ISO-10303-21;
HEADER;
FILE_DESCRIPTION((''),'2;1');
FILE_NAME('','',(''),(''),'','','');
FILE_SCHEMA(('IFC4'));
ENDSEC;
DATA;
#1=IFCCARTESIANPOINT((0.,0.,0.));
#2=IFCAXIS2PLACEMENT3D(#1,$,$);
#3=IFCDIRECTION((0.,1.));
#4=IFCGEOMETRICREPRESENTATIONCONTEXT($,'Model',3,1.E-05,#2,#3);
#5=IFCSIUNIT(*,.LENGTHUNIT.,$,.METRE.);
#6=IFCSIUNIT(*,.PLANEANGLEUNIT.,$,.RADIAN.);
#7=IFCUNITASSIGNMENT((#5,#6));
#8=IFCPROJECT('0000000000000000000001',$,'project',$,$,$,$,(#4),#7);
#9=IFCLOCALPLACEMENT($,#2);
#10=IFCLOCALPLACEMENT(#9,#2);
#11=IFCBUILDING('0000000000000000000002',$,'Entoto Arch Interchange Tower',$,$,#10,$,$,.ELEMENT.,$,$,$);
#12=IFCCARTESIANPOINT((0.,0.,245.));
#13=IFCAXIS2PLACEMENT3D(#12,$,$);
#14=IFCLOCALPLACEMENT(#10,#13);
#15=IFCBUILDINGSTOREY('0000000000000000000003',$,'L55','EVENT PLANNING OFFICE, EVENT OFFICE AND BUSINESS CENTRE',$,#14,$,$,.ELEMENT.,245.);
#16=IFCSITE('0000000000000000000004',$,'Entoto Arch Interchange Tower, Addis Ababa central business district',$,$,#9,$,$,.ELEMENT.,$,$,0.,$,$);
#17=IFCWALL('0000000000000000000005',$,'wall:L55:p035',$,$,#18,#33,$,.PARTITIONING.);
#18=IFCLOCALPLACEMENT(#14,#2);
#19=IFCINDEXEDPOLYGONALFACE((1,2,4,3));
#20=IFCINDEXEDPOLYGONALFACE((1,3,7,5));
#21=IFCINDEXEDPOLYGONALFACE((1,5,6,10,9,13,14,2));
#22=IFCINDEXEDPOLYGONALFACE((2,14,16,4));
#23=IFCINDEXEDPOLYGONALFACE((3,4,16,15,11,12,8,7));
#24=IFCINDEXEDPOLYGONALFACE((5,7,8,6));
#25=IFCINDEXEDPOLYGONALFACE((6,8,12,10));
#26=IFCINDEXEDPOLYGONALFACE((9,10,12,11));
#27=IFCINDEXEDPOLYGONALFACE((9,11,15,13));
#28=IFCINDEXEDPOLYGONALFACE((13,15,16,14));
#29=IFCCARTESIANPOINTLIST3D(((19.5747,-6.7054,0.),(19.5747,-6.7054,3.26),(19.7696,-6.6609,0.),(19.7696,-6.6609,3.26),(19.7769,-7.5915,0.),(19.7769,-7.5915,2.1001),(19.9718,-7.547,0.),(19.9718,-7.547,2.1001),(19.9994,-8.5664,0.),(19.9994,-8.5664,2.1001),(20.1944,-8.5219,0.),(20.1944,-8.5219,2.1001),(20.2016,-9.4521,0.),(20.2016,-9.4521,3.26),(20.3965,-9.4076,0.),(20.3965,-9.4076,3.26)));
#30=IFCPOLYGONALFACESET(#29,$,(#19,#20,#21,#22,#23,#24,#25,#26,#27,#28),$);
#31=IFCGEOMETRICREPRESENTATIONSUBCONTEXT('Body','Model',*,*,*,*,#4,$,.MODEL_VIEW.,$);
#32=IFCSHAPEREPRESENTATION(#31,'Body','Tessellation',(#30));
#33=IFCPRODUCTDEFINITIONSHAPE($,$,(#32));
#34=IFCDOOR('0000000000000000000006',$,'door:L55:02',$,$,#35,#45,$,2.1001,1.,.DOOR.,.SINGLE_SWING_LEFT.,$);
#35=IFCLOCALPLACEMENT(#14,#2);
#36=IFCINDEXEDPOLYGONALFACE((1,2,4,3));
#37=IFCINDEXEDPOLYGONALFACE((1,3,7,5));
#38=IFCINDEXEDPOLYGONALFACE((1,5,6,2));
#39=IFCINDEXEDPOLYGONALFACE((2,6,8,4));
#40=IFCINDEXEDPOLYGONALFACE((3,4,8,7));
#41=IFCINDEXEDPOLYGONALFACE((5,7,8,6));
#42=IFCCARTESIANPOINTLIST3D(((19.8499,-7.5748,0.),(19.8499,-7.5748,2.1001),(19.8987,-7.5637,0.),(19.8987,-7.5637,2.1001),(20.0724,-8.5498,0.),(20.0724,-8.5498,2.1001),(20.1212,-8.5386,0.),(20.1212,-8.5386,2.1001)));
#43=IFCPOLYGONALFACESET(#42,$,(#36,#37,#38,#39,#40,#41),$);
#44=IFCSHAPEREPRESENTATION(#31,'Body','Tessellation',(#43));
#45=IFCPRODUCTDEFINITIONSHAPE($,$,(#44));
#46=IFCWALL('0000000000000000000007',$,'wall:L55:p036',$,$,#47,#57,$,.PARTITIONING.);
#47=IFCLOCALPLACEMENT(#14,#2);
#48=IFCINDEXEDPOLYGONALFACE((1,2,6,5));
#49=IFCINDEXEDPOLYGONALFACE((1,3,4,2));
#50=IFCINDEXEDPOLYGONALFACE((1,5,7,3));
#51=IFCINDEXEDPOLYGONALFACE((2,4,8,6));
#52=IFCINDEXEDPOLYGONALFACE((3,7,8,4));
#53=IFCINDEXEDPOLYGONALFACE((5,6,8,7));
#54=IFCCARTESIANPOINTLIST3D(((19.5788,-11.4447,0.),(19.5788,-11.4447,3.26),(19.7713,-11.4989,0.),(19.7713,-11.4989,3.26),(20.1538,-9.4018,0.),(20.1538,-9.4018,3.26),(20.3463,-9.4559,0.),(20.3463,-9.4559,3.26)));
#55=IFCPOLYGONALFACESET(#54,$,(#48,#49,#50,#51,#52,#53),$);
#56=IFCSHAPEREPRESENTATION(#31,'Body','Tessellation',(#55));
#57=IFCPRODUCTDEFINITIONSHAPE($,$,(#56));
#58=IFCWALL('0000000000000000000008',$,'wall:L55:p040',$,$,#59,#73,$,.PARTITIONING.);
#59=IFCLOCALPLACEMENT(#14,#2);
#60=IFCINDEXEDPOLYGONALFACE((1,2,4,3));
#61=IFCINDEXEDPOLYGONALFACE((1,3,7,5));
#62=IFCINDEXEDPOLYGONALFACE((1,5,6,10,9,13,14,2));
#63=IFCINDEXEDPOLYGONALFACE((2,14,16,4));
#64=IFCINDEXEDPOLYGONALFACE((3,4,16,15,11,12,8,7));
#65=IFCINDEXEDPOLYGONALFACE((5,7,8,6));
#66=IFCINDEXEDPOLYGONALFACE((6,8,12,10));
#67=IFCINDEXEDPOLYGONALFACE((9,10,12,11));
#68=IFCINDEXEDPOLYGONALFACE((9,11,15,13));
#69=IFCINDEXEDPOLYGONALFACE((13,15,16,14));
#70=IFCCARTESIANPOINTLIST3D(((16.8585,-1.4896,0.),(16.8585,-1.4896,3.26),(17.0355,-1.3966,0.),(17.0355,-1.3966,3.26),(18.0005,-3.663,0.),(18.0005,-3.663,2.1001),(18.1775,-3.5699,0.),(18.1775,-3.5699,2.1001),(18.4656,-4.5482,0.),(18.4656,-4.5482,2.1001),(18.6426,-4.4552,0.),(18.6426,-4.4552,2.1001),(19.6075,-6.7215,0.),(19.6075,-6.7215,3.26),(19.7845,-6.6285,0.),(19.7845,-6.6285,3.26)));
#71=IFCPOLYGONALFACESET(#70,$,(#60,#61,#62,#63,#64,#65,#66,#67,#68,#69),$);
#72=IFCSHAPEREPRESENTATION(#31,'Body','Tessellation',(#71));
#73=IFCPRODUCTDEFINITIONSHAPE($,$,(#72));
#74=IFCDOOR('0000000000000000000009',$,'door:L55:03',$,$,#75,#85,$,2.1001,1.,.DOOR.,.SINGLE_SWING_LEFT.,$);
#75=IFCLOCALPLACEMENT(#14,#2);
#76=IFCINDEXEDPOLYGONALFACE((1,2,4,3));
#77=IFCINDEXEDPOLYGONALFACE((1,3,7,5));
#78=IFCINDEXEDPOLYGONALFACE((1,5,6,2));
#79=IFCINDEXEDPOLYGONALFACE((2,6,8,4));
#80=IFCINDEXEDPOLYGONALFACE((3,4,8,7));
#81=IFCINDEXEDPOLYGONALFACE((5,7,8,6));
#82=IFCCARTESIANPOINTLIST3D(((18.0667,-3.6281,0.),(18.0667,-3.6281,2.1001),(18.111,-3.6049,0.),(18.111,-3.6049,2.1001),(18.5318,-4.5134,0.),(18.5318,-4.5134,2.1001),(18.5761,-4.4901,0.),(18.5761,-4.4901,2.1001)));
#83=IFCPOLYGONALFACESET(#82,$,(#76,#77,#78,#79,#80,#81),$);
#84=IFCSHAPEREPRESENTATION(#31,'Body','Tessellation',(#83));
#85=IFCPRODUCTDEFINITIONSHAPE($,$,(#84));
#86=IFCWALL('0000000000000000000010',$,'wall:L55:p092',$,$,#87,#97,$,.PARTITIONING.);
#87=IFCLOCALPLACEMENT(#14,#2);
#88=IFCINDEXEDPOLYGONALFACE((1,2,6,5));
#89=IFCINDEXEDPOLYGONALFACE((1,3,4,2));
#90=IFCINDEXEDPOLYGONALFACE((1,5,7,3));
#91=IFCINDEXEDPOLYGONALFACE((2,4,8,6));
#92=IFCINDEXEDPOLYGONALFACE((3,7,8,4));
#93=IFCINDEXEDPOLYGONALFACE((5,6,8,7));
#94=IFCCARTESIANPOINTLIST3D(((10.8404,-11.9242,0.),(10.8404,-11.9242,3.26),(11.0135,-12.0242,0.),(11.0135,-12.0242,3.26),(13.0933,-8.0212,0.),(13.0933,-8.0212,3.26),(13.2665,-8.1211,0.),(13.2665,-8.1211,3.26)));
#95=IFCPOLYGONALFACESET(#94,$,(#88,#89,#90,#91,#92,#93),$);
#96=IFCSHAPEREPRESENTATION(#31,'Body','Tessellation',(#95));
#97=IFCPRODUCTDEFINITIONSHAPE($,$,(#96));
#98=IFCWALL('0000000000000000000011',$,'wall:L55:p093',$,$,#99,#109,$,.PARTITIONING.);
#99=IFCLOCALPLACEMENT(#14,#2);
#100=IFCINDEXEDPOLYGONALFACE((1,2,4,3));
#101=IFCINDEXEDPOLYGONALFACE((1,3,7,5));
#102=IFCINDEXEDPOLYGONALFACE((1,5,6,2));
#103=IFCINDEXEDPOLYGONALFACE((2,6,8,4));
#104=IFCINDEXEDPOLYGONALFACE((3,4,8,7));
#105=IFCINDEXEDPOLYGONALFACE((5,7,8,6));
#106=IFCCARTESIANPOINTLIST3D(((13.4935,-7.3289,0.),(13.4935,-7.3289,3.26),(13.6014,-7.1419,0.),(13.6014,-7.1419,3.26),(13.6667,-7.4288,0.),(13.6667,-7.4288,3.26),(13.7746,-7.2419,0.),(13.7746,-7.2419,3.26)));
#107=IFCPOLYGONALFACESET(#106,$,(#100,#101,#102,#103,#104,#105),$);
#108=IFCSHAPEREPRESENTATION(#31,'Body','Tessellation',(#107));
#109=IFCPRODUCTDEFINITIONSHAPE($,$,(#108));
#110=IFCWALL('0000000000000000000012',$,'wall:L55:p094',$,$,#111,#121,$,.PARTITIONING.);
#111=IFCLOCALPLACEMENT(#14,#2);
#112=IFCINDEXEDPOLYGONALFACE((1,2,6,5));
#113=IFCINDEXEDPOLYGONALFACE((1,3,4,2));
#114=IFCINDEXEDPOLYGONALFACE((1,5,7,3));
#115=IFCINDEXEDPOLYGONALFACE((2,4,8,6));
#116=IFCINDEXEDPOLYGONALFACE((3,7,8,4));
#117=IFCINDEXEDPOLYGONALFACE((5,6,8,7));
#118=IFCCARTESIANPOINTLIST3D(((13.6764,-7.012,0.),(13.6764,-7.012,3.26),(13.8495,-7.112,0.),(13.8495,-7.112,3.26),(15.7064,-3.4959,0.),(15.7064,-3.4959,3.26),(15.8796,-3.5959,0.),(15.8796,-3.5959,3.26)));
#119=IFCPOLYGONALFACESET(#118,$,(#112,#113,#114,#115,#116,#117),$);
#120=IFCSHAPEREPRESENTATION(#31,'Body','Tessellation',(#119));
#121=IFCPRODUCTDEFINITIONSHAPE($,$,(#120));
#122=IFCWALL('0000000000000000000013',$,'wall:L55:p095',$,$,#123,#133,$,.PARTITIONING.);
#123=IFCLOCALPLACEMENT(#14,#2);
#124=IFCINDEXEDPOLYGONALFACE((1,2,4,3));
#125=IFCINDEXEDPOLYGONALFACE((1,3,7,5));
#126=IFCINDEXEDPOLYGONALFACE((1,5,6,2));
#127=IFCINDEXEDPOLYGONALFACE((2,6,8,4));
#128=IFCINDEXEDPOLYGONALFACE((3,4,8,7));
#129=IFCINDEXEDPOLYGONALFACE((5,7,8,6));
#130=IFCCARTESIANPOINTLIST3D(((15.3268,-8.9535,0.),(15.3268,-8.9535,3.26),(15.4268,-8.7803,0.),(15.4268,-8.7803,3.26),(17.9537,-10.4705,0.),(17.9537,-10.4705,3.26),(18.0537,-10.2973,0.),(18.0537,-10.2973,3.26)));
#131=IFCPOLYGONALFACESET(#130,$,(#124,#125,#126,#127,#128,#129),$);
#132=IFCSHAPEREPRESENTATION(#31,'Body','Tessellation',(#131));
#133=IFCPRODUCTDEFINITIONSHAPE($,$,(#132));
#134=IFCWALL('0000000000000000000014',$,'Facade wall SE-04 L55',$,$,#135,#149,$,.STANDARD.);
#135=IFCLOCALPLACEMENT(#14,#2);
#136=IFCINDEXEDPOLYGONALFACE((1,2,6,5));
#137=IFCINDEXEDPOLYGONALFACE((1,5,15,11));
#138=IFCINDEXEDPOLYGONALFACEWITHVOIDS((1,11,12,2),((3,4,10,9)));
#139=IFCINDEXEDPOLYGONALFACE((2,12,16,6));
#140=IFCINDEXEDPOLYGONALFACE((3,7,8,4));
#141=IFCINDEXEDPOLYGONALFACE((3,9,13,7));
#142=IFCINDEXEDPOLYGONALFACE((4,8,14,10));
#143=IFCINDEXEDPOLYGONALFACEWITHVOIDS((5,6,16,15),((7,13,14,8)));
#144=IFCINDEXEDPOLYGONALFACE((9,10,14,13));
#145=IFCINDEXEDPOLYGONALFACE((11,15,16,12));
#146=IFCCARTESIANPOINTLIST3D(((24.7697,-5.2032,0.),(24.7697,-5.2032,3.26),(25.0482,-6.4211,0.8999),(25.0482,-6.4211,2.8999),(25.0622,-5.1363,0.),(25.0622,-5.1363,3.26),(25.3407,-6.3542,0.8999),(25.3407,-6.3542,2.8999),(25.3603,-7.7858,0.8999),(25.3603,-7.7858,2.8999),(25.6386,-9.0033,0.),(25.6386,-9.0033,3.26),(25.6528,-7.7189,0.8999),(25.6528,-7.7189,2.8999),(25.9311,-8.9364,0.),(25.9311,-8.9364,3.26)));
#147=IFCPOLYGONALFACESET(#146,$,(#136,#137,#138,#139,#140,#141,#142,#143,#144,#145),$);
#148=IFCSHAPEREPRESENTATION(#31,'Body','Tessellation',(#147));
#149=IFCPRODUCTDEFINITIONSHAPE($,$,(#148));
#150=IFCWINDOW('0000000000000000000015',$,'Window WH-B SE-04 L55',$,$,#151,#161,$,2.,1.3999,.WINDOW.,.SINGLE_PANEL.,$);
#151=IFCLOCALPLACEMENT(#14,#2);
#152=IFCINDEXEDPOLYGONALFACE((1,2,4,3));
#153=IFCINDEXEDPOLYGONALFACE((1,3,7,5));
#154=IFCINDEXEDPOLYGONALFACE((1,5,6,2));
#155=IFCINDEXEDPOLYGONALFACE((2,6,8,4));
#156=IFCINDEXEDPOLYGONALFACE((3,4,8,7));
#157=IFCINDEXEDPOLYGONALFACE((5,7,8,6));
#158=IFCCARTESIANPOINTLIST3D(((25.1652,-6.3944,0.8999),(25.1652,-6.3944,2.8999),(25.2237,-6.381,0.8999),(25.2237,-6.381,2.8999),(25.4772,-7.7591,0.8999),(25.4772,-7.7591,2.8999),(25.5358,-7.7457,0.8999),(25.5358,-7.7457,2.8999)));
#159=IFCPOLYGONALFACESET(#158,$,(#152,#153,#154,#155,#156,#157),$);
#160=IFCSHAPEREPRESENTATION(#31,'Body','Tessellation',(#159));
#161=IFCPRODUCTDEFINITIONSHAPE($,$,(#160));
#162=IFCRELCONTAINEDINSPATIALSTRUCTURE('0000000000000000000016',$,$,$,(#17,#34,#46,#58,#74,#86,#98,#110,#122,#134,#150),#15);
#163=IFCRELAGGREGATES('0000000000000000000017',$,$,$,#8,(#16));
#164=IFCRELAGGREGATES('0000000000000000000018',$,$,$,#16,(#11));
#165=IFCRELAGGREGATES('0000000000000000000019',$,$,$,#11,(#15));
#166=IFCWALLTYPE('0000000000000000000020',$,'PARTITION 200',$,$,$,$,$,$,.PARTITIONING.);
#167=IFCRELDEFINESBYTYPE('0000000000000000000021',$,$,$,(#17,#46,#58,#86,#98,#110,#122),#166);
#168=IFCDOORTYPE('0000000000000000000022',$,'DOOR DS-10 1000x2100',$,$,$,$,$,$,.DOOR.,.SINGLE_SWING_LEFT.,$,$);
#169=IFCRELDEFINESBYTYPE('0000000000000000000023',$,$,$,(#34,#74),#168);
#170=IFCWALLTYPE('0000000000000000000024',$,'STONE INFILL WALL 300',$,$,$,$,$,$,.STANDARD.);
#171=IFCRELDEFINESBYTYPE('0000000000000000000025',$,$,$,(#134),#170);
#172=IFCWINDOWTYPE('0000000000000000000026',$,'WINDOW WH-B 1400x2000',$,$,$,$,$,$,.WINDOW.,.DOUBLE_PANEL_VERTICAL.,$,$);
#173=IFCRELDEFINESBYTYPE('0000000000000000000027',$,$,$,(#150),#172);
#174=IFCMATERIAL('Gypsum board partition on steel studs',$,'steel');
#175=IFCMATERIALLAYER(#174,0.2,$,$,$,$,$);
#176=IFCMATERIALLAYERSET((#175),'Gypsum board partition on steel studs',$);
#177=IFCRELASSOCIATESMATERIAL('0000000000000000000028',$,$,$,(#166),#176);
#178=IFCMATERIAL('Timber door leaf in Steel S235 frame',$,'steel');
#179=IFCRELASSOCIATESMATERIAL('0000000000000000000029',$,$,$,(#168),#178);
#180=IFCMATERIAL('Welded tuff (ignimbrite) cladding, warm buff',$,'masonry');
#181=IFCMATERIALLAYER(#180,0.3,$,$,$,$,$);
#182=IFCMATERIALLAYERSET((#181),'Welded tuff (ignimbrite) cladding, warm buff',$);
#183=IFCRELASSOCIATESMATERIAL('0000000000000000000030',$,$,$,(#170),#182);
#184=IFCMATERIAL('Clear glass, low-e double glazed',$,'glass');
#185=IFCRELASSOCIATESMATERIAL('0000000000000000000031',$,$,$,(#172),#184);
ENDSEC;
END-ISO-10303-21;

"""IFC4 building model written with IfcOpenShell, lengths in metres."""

from ifc_helpers import new_model, si_unit, direction, frame, frame_2d, origin, place, context, subcontext, project, spatial, rectangle, extrude, material, layer, layer_set, type_object, element, fill, save


model = new_model("IFC4")

# Units and contexts
model_context = context("Model", 3, precision=1e-05, world=origin(), true_north=direction((0.0, 1.0)))
body_context = subcontext(model_context, "Body", "Model", "MODEL_VIEW")
ifc_project = project(units=[si_unit("LENGTHUNIT", "METRE"), si_unit("PLANEANGLEUNIT", "RADIAN")], contexts=[model_context])

# Site, building, storey
site_placement = place(None, origin())
site = spatial("IfcSite", under=ifc_project, at=site_placement, Name="Entoto Arch Interchange Tower, Addis Ababa central business district", CompositionType="ELEMENT", RefElevation=0.0)
building_placement = place(site_placement, origin())
building = spatial("IfcBuilding", under=site, at=building_placement, Name="Entoto Arch Interchange Tower", CompositionType="ELEMENT")
storey_placement = place(building_placement, frame((0.0, 0.0, 245.0)))
storey = spatial("IfcBuildingStorey", under=building, at=storey_placement, Name="L55", Description="EVENT PLANNING OFFICE, EVENT OFFICE AND BUSINESS CENTRE", CompositionType="ELEMENT", Elevation=245.0)

# Shared definitions
ifc_material_1 = material(Name="Gypsum board partition on steel studs", Category="steel")
ifc_layer_1 = layer(ifc_material_1, 0.2)
ifc_layer_set_1 = layer_set([ifc_layer_1], Name="Gypsum board partition on steel studs")
wall_type_1 = type_object("IfcWallType", Name="PARTITION 200", PredefinedType="PARTITIONING", material=ifc_layer_set_1)

# Shared definitions
ifc_material_2 = material(Name="Timber door leaf in Steel S235 frame", Category="steel")
door_type = type_object("IfcDoorType", Name="DOOR DS-10 1000x2100", OperationType="SINGLE_SWING_LEFT", PredefinedType="DOOR", material=ifc_material_2)

# Wall, opening, door
wall_1_placement = place(storey_placement, frame((19.6721, -6.6831, 0.0), z_axis=(0.0, 0.0, 1.0), x_axis=(0.222524, -0.974927, 0.0)))
wall_1 = element("IfcWall", 1, at=wall_1_placement, inside=storey, type_object=wall_type_1, Name="wall:L55:p035", PredefinedType="PARTITIONING", context=body_context, shape_type="SweptSolid", body=[
    extrude(rectangle(XDim=2.8174, YDim=0.2, at=frame_2d((1.4087, 0.0))), origin(), (0.0, 0.0, 1.0), 3.26),
])
opening_1_placement = place(wall_1_placement, frame((0.9089, 0.0, 0.0)))
opening_1 = element("IfcOpeningElement", 2, at=opening_1_placement, cuts=wall_1, PredefinedType="OPENING", context=body_context, shape_type="SweptSolid", body=[
    extrude(rectangle(XDim=1.0, YDim=2.1001, at=frame_2d((0.5, 1.05))), frame((0.0, 0.1099, 0.0), z_axis=(0.0, -1.0, 0.0), x_axis=(1.0, 0.0, 0.0)), (0.0, 0.0, 1.0), 0.22),
])
door_1_placement = place(opening_1_placement, origin())
door_1 = element("IfcDoor", 3, at=door_1_placement, inside=storey, type_object=door_type, Name="door:L55:02", OperationType="SINGLE_SWING_LEFT", OverallHeight=2.1001, OverallWidth=1.0, PredefinedType="DOOR", context=body_context, shape_type="SweptSolid", body=[
    extrude(rectangle(XDim=1.0, YDim=2.1001, at=frame_2d((0.5, 1.05))), frame((0.0, 0.0249, 0.0), z_axis=(0.0, -1.0, 0.0), x_axis=(1.0, 0.0, 0.0)), (0.0, 0.0, 1.0), 0.05),
])
fill(opening_1, door_1)

# Wall
wall_2_placement = place(storey_placement, frame((20.25, -9.429, 0.0), z_axis=(0.0, 0.0, 1.0), x_axis=(-0.270905, -0.962606, 0.0)))
element("IfcWall", 4, at=wall_2_placement, inside=storey, type_object=wall_type_1, Name="wall:L55:p036", PredefinedType="PARTITIONING", context=body_context, shape_type="SweptSolid", body=[
    extrude(rectangle(XDim=2.1223, YDim=0.2, at=frame_2d((1.061, 0.0))), origin(), (0.0, 0.0, 1.0), 3.26),
])

# Wall, opening, door
wall_3_placement = place(storey_placement, frame((16.947, -1.4431, 0.0), z_axis=(0.0, 0.0, 1.0), x_axis=(0.465133, -0.885241, 0.0)))
wall_3 = element("IfcWall", 5, at=wall_3_placement, inside=storey, type_object=wall_type_1, Name="wall:L55:p040", PredefinedType="PARTITIONING", context=body_context, shape_type="SweptSolid", body=[
    extrude(rectangle(XDim=5.9102, YDim=0.2, at=frame_2d((2.9551, 0.0))), origin(), (0.0, 0.0, 1.0), 3.26),
])
opening_2_placement = place(wall_3_placement, frame((2.4551, 0.0, 0.0)))
opening_2 = element("IfcOpeningElement", 6, at=opening_2_placement, cuts=wall_3, PredefinedType="OPENING", context=body_context, shape_type="SweptSolid", body=[
    extrude(rectangle(XDim=1.0, YDim=2.1001, at=frame_2d((0.5, 1.05))), frame((0.0, 0.1099, 0.0), z_axis=(0.0, -1.0, 0.0), x_axis=(1.0, 0.0, 0.0)), (0.0, 0.0, 1.0), 0.22),
])
door_2_placement = place(opening_2_placement, origin())
door_2 = element("IfcDoor", 7, at=door_2_placement, inside=storey, type_object=door_type, Name="door:L55:03", OperationType="SINGLE_SWING_LEFT", OverallHeight=2.1001, OverallWidth=1.0, PredefinedType="DOOR", context=body_context, shape_type="SweptSolid", body=[
    extrude(rectangle(XDim=1.0, YDim=2.1001, at=frame_2d((0.5, 1.05))), frame((0.0, 0.0249, 0.0), z_axis=(0.0, -1.0, 0.0), x_axis=(1.0, 0.0, 0.0)), (0.0, 0.0, 1.0), 0.05),
])
fill(opening_2, door_2)

# Walls
wall_4_placement = place(storey_placement, frame((13.1799, -8.071, 0.0), z_axis=(0.0, 0.0, 1.0), x_axis=(-0.499915, -0.866075, 0.0)))
element("IfcWall", 8, at=wall_4_placement, inside=storey, type_object=wall_type_1, Name="wall:L55:p092", PredefinedType="PARTITIONING", context=body_context, shape_type="SweptSolid", body=[
    extrude(rectangle(XDim=4.5066, YDim=0.2, at=frame_2d((2.2534, 0.0))), origin(), (0.0, 0.0, 1.0), 3.26),
])
wall_5_placement = place(storey_placement, frame((13.688, -7.1919, 0.0), z_axis=(0.0, 0.0, 1.0), x_axis=(-0.499788, -0.866148, 0.0)))
element("IfcWall", 9, at=wall_5_placement, inside=storey, type_object=wall_type_1, Name="wall:L55:p093", PredefinedType="PARTITIONING", context=body_context, shape_type="SweptSolid", body=[
    extrude(rectangle(XDim=0.2158, YDim=0.2, at=frame_2d((0.1079, 0.0))), origin(), (0.0, 0.0, 1.0), 3.26),
])
wall_6_placement = place(storey_placement, frame((15.793, -3.5459, 0.0), z_axis=(0.0, 0.0, 1.0), x_axis=(-0.5, -0.866025, 0.0)))
element("IfcWall", 10, at=wall_6_placement, inside=storey, type_object=wall_type_1, Name="wall:L55:p094", PredefinedType="PARTITIONING", context=body_context, shape_type="SweptSolid", body=[
    extrude(rectangle(XDim=4.0601, YDim=0.2, at=frame_2d((2.03, 0.0))), origin(), (0.0, 0.0, 1.0), 3.26),
])
wall_7_placement = place(storey_placement, frame((15.377, -8.8669, 0.0), z_axis=(0.0, 0.0, 1.0), x_axis=(0.865966, -0.500103, 0.0)))
element("IfcWall", 11, at=wall_7_placement, inside=storey, type_object=wall_type_1, Name="wall:L55:p095", PredefinedType="PARTITIONING", context=body_context, shape_type="SweptSolid", body=[
    extrude(rectangle(XDim=3.0334, YDim=0.2, at=frame_2d((1.5166, 0.0))), origin(), (0.0, 0.0, 1.0), 3.26),
])

# Wall, opening, window
ifc_material_3 = material(Name="Welded tuff (ignimbrite) cladding, warm buff", Category="masonry")
ifc_layer_2 = layer(ifc_material_3, 0.3)
ifc_layer_set_2 = layer_set([ifc_layer_2], Name="Welded tuff (ignimbrite) cladding, warm buff")
wall_type_2 = type_object("IfcWallType", Name="STONE INFILL WALL 300", PredefinedType="STANDARD", material=ifc_layer_set_2)
wall_8_placement = place(storey_placement, frame((25.7849, -8.97, 0.0), z_axis=(0.0, 0.0, 1.0), x_axis=(-0.222901, 0.974841, 0.0)))
wall_8 = element("IfcWall", 12, at=wall_8_placement, inside=storey, type_object=wall_type_2, Name="Facade wall SE-04 L55", PredefinedType="STANDARD", context=body_context, shape_type="SweptSolid", body=[
    extrude(rectangle(XDim=3.8982, YDim=0.3, at=frame_2d((1.9492, 0.0))), origin(), (0.0, 0.0, 1.0), 3.26),
])
opening_3_placement = place(wall_8_placement, frame((1.249, 0.0, 0.8999)))
opening_3 = element("IfcOpeningElement", 13, at=opening_3_placement, cuts=wall_8, PredefinedType="OPENING", context=body_context, shape_type="SweptSolid", body=[
    extrude(rectangle(XDim=1.3999, YDim=2.0, at=frame_2d((0.7, 1.0))), frame((0.0, 0.1602, 0.0), z_axis=(0.0, -1.0, 0.0), x_axis=(1.0, 0.0, 0.0)), (0.0, 0.0, 1.0), 0.3201),
])
ifc_material_4 = material(Name="Clear glass, low-e double glazed", Category="glass")
window_type = type_object("IfcWindowType", Name="WINDOW WH-B 1400x2000", PartitioningType="DOUBLE_PANEL_VERTICAL", PredefinedType="WINDOW", material=ifc_material_4)
window_1_placement = place(opening_3_placement, origin())
window_1 = element("IfcWindow", 14, at=window_1_placement, inside=storey, type_object=window_type, Name="Window WH-B SE-04 L55", OverallHeight=2.0, OverallWidth=1.3999, PartitioningType="SINGLE_PANEL", PredefinedType="WINDOW", context=body_context, shape_type="SweptSolid", body=[
    extrude(rectangle(XDim=1.3999, YDim=2.0, at=frame_2d((0.7, 1.0))), frame((0.0, 0.03, 0.0), z_axis=(0.0, -1.0, 0.0), x_axis=(1.0, 0.0, 0.0)), (0.0, 0.0, 1.0), 0.0601),
])
fill(opening_3, window_1)

save(model, "model.ifc")
